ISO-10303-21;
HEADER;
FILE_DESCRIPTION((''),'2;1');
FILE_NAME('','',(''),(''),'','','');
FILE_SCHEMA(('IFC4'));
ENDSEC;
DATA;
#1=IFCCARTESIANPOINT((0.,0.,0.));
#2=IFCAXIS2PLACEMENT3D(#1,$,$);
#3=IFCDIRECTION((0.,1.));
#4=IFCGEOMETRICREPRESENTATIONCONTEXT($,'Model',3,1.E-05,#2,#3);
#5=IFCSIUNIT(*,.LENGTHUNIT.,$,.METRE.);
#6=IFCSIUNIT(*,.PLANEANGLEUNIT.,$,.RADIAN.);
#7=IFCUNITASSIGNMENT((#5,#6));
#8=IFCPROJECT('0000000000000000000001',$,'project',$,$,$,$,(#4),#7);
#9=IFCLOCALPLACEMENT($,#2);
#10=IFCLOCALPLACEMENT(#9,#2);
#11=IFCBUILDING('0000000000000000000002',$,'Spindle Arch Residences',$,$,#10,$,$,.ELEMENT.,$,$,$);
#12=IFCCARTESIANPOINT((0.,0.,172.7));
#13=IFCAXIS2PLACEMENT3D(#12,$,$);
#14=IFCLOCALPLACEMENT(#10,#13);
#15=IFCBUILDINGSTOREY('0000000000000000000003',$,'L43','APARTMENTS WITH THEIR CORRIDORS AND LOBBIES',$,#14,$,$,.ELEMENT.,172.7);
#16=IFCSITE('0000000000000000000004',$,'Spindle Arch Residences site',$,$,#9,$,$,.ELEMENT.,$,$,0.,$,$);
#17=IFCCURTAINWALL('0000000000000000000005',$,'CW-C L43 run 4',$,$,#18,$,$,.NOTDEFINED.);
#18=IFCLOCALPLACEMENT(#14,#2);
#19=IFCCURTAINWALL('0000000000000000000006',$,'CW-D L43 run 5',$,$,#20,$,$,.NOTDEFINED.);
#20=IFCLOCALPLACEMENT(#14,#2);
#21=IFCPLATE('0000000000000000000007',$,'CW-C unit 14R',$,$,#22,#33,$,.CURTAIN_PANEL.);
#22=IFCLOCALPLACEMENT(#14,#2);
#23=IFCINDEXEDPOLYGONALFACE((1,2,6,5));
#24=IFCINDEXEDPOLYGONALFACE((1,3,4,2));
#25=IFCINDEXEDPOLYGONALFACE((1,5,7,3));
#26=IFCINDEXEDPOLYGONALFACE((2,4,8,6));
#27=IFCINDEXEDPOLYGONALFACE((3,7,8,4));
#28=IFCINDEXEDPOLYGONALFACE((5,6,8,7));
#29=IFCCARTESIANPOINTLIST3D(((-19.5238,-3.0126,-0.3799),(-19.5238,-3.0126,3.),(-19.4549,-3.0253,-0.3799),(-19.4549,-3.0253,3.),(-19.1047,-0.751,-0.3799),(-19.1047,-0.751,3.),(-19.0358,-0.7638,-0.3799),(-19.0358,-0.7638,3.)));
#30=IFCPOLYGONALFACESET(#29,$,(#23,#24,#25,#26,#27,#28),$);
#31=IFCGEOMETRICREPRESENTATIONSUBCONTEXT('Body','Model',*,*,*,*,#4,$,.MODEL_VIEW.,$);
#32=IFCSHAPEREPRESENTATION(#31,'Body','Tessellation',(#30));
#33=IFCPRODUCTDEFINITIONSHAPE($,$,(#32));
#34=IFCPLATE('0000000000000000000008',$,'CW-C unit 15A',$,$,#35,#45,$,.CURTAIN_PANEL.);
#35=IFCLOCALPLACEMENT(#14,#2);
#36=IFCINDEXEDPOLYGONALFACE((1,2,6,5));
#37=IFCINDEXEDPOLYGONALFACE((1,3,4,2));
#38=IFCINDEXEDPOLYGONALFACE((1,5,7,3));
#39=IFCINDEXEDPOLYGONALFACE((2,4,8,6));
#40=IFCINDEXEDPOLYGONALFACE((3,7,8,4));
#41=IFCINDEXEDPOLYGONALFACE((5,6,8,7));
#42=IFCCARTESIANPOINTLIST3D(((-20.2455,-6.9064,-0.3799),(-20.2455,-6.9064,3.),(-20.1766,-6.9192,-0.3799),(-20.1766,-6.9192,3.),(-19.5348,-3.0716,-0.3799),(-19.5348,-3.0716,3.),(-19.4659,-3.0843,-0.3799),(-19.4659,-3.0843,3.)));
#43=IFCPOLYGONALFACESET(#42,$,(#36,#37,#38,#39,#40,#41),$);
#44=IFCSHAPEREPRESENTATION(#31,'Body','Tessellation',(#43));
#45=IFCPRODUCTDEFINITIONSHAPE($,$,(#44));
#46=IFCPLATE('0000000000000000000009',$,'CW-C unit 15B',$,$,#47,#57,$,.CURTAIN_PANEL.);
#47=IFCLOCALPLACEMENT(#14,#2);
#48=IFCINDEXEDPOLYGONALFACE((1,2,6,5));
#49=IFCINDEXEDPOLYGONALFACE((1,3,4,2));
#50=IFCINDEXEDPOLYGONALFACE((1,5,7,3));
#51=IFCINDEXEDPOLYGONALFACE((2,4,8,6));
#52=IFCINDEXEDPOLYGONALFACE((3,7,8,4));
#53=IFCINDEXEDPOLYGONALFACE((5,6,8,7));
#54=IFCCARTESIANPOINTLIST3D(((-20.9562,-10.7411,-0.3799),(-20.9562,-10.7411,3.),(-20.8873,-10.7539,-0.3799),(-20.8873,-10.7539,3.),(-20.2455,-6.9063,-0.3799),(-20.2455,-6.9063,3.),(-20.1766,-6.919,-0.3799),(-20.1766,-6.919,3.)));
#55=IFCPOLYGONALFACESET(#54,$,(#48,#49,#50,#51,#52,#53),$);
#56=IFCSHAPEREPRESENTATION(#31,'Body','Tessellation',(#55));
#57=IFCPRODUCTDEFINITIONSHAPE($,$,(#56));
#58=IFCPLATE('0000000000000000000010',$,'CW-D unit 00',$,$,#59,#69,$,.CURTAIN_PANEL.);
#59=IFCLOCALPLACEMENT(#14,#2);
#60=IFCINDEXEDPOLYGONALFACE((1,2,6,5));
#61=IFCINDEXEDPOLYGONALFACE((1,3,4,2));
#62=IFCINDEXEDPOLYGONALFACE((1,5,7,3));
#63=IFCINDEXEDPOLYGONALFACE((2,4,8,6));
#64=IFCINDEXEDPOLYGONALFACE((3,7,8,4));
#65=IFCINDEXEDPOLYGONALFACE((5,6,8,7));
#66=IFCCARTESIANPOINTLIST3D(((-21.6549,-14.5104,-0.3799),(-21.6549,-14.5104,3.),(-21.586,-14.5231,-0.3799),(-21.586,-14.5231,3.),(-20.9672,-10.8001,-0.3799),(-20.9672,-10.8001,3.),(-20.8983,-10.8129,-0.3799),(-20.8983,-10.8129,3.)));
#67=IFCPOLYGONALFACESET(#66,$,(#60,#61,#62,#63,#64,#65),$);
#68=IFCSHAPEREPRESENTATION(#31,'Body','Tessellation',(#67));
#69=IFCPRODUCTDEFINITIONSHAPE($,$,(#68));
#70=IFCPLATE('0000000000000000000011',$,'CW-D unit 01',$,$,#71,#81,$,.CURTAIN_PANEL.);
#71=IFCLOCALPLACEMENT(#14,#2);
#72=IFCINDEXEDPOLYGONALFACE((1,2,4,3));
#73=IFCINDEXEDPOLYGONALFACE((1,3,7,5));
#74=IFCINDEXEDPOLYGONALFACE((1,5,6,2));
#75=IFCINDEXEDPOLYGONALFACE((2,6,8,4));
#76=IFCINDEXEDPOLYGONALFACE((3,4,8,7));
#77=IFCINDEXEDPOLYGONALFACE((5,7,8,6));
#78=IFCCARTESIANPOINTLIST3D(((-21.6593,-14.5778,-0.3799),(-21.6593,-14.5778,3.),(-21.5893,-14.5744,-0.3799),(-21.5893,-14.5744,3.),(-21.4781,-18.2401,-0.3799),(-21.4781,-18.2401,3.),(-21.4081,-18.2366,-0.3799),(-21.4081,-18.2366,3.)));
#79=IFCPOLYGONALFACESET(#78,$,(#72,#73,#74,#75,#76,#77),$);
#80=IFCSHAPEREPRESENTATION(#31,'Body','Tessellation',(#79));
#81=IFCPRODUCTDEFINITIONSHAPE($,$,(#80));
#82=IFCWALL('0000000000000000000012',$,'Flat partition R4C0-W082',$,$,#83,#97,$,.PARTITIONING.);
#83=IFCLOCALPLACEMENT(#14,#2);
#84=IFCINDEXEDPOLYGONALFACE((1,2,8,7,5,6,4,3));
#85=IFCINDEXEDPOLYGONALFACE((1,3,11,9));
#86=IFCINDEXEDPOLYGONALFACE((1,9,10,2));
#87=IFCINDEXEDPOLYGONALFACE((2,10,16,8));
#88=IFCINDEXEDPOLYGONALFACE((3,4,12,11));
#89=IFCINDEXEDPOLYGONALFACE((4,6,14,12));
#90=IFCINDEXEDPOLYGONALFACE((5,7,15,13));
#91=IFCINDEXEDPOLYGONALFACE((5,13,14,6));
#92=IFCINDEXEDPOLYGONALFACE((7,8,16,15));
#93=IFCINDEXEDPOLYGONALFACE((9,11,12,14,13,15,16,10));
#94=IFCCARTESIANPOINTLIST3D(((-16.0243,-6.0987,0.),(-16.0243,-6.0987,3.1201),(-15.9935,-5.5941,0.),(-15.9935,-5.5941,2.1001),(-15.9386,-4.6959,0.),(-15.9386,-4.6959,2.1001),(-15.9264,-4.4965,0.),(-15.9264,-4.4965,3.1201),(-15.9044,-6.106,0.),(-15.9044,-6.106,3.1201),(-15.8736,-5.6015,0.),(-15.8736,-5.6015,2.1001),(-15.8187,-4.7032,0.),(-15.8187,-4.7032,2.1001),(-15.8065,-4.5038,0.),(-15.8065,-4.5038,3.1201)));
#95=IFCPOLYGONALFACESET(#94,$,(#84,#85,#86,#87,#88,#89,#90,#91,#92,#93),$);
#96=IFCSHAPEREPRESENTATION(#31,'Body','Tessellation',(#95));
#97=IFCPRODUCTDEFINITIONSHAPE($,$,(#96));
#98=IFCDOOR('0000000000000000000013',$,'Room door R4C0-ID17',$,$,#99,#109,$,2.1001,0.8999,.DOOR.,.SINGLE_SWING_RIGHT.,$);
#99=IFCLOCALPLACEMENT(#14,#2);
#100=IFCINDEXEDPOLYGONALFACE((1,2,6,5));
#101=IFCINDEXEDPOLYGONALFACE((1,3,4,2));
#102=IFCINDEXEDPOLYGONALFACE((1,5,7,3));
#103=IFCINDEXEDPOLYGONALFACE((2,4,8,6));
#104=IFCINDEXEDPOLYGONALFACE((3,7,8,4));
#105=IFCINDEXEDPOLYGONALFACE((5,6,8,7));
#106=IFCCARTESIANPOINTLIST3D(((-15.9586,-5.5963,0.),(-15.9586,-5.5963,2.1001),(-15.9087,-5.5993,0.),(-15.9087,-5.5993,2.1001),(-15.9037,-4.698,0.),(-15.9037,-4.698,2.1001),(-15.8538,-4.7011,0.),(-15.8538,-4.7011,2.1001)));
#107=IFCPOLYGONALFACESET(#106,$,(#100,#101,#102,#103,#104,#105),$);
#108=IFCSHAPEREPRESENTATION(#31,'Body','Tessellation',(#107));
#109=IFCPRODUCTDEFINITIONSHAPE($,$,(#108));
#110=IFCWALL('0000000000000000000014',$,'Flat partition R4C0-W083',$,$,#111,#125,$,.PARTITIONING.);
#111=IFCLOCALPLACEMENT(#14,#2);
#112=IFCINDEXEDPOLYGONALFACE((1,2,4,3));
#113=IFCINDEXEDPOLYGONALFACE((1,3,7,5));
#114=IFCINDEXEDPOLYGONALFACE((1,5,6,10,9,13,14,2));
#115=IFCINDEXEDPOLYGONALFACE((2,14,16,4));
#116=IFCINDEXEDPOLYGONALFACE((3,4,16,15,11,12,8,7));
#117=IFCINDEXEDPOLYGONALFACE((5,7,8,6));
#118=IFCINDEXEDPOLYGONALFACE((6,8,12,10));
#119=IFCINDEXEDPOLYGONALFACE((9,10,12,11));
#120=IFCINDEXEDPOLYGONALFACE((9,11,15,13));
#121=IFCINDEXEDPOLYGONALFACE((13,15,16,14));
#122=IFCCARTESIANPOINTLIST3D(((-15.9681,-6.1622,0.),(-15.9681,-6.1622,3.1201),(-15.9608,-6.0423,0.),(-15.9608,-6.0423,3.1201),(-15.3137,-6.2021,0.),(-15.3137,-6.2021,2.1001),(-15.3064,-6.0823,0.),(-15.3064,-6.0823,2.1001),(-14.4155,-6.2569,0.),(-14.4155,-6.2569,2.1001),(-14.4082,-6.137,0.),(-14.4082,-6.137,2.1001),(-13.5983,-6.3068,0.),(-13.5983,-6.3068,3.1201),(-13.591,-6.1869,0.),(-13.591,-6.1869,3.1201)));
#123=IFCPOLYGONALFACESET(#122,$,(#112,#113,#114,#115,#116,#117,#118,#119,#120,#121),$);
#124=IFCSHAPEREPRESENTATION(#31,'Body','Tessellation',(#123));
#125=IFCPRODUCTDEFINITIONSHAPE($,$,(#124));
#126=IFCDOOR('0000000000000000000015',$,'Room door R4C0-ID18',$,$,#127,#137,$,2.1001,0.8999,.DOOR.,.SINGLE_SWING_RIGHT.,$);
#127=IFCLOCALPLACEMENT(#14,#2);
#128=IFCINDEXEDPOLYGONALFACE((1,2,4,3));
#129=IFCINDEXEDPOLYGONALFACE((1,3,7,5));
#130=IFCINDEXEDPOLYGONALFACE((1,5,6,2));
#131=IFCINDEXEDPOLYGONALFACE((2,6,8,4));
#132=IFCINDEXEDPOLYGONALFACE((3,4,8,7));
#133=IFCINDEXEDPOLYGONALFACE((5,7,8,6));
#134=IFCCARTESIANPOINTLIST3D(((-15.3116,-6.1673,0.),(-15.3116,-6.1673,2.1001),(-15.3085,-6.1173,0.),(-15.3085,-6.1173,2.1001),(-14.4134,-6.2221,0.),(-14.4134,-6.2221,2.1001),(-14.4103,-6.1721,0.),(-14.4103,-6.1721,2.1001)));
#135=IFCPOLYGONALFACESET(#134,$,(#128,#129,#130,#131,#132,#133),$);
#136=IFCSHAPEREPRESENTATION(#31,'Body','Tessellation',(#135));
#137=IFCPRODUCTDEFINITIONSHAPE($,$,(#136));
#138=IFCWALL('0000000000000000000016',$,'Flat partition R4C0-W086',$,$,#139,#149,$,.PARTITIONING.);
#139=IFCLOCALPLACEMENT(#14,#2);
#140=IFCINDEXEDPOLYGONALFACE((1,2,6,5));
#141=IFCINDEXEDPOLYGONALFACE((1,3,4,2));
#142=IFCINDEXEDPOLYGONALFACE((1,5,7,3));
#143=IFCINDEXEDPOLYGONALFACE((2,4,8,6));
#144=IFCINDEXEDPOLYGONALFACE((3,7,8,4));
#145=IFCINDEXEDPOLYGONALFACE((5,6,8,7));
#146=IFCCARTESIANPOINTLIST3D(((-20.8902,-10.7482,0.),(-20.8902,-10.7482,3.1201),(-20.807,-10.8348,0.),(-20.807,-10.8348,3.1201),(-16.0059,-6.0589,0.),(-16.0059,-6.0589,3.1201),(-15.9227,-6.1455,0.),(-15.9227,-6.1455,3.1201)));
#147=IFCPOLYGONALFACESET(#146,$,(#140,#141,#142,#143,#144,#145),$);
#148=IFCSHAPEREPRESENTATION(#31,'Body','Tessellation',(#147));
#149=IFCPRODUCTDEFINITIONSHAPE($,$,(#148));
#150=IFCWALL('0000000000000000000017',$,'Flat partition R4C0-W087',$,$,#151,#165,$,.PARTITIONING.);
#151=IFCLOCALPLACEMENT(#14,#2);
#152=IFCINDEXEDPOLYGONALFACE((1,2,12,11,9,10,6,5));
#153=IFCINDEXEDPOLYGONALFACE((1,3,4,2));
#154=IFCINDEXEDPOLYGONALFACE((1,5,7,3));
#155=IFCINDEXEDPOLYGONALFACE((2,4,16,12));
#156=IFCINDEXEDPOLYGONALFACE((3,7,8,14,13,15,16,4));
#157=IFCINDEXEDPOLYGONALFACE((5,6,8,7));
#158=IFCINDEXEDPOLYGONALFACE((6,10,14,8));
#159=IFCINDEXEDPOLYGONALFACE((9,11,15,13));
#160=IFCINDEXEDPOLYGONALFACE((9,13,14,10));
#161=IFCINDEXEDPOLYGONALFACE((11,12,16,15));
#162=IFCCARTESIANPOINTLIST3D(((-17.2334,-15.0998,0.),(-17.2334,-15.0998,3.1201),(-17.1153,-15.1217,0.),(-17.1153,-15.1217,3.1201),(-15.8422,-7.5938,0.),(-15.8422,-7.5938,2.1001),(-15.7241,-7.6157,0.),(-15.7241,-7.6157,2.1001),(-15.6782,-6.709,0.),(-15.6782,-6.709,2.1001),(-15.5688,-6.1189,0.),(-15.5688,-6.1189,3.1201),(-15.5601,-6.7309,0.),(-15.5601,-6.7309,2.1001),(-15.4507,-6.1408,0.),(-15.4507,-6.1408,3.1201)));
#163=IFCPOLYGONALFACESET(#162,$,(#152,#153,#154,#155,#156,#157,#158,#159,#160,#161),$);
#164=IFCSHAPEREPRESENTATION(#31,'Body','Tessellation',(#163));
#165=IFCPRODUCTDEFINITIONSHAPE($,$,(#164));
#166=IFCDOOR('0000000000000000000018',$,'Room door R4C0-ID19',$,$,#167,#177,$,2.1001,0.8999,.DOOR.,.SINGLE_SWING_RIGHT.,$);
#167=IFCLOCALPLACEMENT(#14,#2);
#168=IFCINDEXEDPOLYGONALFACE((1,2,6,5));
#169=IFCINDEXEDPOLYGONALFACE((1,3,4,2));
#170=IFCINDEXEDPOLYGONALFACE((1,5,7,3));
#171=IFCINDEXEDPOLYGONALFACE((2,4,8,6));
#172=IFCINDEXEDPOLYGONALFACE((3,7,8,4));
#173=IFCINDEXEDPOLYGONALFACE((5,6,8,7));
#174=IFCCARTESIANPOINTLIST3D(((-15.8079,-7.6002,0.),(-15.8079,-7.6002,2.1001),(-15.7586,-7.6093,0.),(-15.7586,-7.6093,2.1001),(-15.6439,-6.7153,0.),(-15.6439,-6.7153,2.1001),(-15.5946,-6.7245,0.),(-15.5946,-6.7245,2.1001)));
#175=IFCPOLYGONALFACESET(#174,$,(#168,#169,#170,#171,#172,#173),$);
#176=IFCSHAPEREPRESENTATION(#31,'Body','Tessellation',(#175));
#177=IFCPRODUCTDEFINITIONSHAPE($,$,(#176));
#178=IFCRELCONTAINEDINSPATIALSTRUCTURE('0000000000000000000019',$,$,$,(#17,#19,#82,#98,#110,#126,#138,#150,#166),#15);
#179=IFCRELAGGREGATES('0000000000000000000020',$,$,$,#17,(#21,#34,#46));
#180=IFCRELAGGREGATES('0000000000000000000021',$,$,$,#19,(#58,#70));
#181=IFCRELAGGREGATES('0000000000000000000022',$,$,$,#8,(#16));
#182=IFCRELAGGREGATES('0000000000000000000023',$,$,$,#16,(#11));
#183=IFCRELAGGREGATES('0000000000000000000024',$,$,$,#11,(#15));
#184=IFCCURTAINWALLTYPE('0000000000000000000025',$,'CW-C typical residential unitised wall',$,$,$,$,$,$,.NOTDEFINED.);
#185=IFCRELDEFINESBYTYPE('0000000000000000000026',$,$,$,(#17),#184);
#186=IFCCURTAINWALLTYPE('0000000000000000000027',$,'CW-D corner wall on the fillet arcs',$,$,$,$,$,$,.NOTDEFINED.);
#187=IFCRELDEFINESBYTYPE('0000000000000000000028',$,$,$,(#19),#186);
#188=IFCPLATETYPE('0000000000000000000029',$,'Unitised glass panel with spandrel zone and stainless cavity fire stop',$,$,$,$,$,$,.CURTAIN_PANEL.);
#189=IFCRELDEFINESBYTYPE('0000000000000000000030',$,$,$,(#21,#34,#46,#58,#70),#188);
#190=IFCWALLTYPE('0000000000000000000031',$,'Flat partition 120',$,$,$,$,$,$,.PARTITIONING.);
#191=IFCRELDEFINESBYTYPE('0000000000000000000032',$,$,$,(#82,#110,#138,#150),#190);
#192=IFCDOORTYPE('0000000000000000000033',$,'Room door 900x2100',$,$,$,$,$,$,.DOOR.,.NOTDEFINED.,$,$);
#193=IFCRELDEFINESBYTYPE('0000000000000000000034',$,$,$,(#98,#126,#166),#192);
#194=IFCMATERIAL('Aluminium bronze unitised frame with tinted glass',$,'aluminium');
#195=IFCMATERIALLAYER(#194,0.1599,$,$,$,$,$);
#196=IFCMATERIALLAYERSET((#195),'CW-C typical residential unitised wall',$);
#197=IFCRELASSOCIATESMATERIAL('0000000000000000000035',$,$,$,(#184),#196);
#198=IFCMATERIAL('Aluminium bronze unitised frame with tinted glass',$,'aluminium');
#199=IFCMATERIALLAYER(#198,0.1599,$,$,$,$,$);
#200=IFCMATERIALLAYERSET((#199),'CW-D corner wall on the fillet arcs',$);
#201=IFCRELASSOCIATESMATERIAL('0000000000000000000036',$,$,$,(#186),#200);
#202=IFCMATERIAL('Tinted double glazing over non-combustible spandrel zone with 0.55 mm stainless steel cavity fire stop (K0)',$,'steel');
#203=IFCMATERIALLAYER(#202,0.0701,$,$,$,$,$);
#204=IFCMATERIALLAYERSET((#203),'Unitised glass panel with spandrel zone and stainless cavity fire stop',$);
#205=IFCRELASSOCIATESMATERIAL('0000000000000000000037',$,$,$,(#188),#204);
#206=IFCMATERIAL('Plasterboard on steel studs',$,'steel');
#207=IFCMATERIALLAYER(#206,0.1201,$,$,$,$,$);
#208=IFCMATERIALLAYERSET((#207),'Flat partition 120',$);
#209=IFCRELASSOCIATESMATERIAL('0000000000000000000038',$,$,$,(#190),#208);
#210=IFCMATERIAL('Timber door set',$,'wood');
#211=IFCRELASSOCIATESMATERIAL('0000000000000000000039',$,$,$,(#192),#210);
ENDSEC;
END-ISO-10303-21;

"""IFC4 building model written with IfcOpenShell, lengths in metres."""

from ifc_helpers import new_model, si_unit, direction, frame, frame_2d, origin, origin_2d, place, context, subcontext, project, spatial, rectangle, extrude, material, layer, layer_set, type_object, element, fill, aggregate, save


model = new_model("IFC4")

# Units and contexts
model_context = context("Model", 3, precision=1e-05, world=origin(), true_north=direction((0.0, 1.0)))
body_context = subcontext(model_context, "Body", "Model", "MODEL_VIEW")
ifc_project = project(units=[si_unit("LENGTHUNIT", "METRE"), si_unit("PLANEANGLEUNIT", "RADIAN")], contexts=[model_context])

# Site, building, storey
site_placement = place(None, origin())
site = spatial("IfcSite", under=ifc_project, at=site_placement, Name="Spindle Arch Residences site", CompositionType="ELEMENT", RefElevation=0.0)
building_placement = place(site_placement, origin())
building = spatial("IfcBuilding", under=site, at=building_placement, Name="Spindle Arch Residences", CompositionType="ELEMENT")
storey_placement = place(building_placement, frame((0.0, 0.0, 172.7)))
storey = spatial("IfcBuildingStorey", under=building, at=storey_placement, Name="L43", Description="APARTMENTS WITH THEIR CORRIDORS AND LOBBIES", CompositionType="ELEMENT", Elevation=172.7)

# Curtain wall
ifc_material_1 = material(Name="Aluminium bronze unitised frame with tinted glass", Category="aluminium")
ifc_layer_1 = layer(ifc_material_1, 0.1599)
ifc_layer_set_1 = layer_set([ifc_layer_1], Name="CW-C typical residential unitised wall")
curtain_wall_type_1 = type_object("IfcCurtainWallType", Name="CW-C typical residential unitised wall", PredefinedType="NOTDEFINED", material=ifc_layer_set_1)
curtain_wall_1_placement = place(storey_placement, origin())
curtain_wall_1 = element("IfcCurtainWall", 1, at=curtain_wall_1_placement, inside=storey, type_object=curtain_wall_type_1, Name="CW-C L43 run 4", PredefinedType="NOTDEFINED")

# Curtain wall
ifc_material_2 = material(Name="Aluminium bronze unitised frame with tinted glass", Category="aluminium")
ifc_layer_2 = layer(ifc_material_2, 0.1599)
ifc_layer_set_2 = layer_set([ifc_layer_2], Name="CW-D corner wall on the fillet arcs")
curtain_wall_type_2 = type_object("IfcCurtainWallType", Name="CW-D corner wall on the fillet arcs", PredefinedType="NOTDEFINED", material=ifc_layer_set_2)
curtain_wall_2_placement = place(storey_placement, origin())
curtain_wall_2 = element("IfcCurtainWall", 2, at=curtain_wall_2_placement, inside=storey, type_object=curtain_wall_type_2, Name="CW-D L43 run 5", PredefinedType="NOTDEFINED")

# Plates
ifc_material_3 = material(Name="Tinted double glazing over non-combustible spandrel zone with 0.55 mm stainless steel cavity fire stop (K0)", Category="steel")
ifc_layer_3 = layer(ifc_material_3, 0.0701)
ifc_layer_set_3 = layer_set([ifc_layer_3], Name="Unitised glass panel with spandrel zone and stainless cavity fire stop")
plate_type = type_object("IfcPlateType", Name="Unitised glass panel with spandrel zone and stainless cavity fire stop", PredefinedType="CURTAIN_PANEL", material=ifc_layer_set_3)
plate_1_placement = place(storey_placement, frame((-19.2798, -1.8882, -0.3799), z_axis=(0.0, 0.0, 1.0), x_axis=(-0.182236, -0.983255, 0.0)))
plate_1 = element("IfcPlate", 3, at=plate_1_placement, type_object=plate_type, Name="CW-C unit 14R", PredefinedType="CURTAIN_PANEL", context=body_context, shape_type="SweptSolid", body=[
    extrude(rectangle(XDim=2.3, YDim=0.0701, at=origin_2d()), origin(), (0.0, 0.0, 1.0), 3.3799),
])
plate_2_placement = place(storey_placement, frame((-19.8557, -4.9954, -0.3799), z_axis=(0.0, 0.0, 1.0), x_axis=(-0.182236, -0.983255, 0.0)))
plate_2 = element("IfcPlate", 4, at=plate_2_placement, type_object=plate_type, Name="CW-C unit 15A", PredefinedType="CURTAIN_PANEL", context=body_context, shape_type="SweptSolid", body=[
    extrude(rectangle(XDim=3.9001, YDim=0.0701, at=origin_2d()), origin(), (0.0, 0.0, 1.0), 3.3799),
])
plate_3_placement = place(storey_placement, frame((-20.5664, -8.8301, -0.3799), z_axis=(0.0, 0.0, 1.0), x_axis=(-0.182236, -0.983255, 0.0)))
plate_3 = element("IfcPlate", 5, at=plate_3_placement, type_object=plate_type, Name="CW-C unit 15B", PredefinedType="CURTAIN_PANEL", context=body_context, shape_type="SweptSolid", body=[
    extrude(rectangle(XDim=3.9001, YDim=0.0701, at=origin_2d()), origin(), (0.0, 0.0, 1.0), 3.3799),
])
aggregate(curtain_wall_1, [plate_1, plate_2, plate_3])
plate_4_placement = place(storey_placement, frame((-21.2766, -12.6616, -0.3799), z_axis=(0.0, 0.0, 1.0), x_axis=(-0.182236, -0.983255, 0.0)))
plate_4 = element("IfcPlate", 6, at=plate_4_placement, type_object=plate_type, Name="CW-D unit 00", PredefinedType="CURTAIN_PANEL", context=body_context, shape_type="SweptSolid", body=[
    extrude(rectangle(XDim=3.7734, YDim=0.0701, at=origin_2d()), origin(), (0.0, 0.0, 1.0), 3.3799),
])
plate_5_placement = place(storey_placement, frame((-21.5337, -16.4072, -0.3799), z_axis=(0.0, 0.0, 1.0), x_axis=(0.049431, -0.998778, 0.0)))
plate_5 = element("IfcPlate", 7, at=plate_5_placement, type_object=plate_type, Name="CW-D unit 01", PredefinedType="CURTAIN_PANEL", context=body_context, shape_type="SweptSolid", body=[
    extrude(rectangle(XDim=3.6667, YDim=0.0701, at=origin_2d()), origin(), (0.0, 0.0, 1.0), 3.3799),
])
aggregate(curtain_wall_2, [plate_4, plate_5])

# Walls, openings, doors
ifc_material_4 = material(Name="Plasterboard on steel studs", Category="steel")
ifc_layer_4 = layer(ifc_material_4, 0.1201)
ifc_layer_set_4 = layer_set([ifc_layer_4], Name="Flat partition 120")
wall_type_1 = type_object("IfcWallType", Name="Flat partition 120", PredefinedType="PARTITIONING", material=ifc_layer_set_4)
wall_1_placement = place(storey_placement, frame((-15.8665, -4.5, 0.0), z_axis=(0.0, 0.0, 1.0), x_axis=(-0.060986, -0.998139, 0.0)))
wall_1 = element("IfcWall", 8, at=wall_1_placement, inside=storey, type_object=wall_type_1, Name="Flat partition R4C0-W082", PredefinedType="PARTITIONING", context=body_context, shape_type="SweptSolid", body=[
    extrude(rectangle(XDim=1.6052, YDim=0.1201, at=frame_2d((0.8027, 0.0))), origin(), (0.0, 0.0, 1.0), 3.1201),
])
opening_1_placement = place(wall_1_placement, frame((0.2, 0.0, 0.0)))
opening_1 = element("IfcOpeningElement", 9, at=opening_1_placement, cuts=wall_1, PredefinedType="OPENING", context=body_context, shape_type="SweptSolid", body=[
    extrude(rectangle(XDim=0.8999, YDim=2.1001, at=frame_2d((0.45, 1.05))), frame((0.0, 0.0701, 0.0), z_axis=(0.0, -1.0, 0.0), x_axis=(1.0, 0.0, 0.0)), (0.0, 0.0, 1.0), 0.1401),
])
ifc_material_5 = material(Name="Timber door set", Category="wood")
door_type_1 = type_object("IfcDoorType", Name="Room door 900x2100", OperationType="NOTDEFINED", PredefinedType="DOOR", material=ifc_material_5)
door_1_placement = place(opening_1_placement, origin())
door_1 = element("IfcDoor", 10, at=door_1_placement, inside=storey, type_object=door_type_1, Name="Room door R4C0-ID17", OperationType="SINGLE_SWING_RIGHT", OverallHeight=2.1001, OverallWidth=0.8999, PredefinedType="DOOR", context=body_context, shape_type="SweptSolid", body=[
    extrude(rectangle(XDim=0.8999, YDim=2.1001, at=frame_2d((0.45, 1.05))), frame((0.0, 0.0249, 0.0), z_axis=(0.0, -1.0, 0.0), x_axis=(1.0, 0.0, 0.0)), (0.0, 0.0, 1.0), 0.05),
])
fill(opening_1, door_1)
wall_2_placement = place(storey_placement, frame((-15.9644, -6.1023, 0.0), z_axis=(0.0, 0.0, 1.0), x_axis=(0.998145, -0.060874, 0.0)))
wall_2 = element("IfcWall", 11, at=wall_2_placement, inside=storey, type_object=wall_type_1, Name="Flat partition R4C0-W083", PredefinedType="PARTITIONING", context=body_context, shape_type="SweptSolid", body=[
    extrude(rectangle(XDim=2.3743, YDim=0.1201, at=frame_2d((1.187, 0.0))), origin(), (0.0, 0.0, 1.0), 3.1201),
])
opening_2_placement = place(wall_2_placement, frame((0.6555, 0.0, 0.0)))
opening_2 = element("IfcOpeningElement", 12, at=opening_2_placement, cuts=wall_2, PredefinedType="OPENING", context=body_context, shape_type="SweptSolid", body=[
    extrude(rectangle(XDim=0.8999, YDim=2.1001, at=frame_2d((0.45, 1.05))), frame((0.0, 0.0701, 0.0), z_axis=(0.0, -1.0, 0.0), x_axis=(1.0, 0.0, 0.0)), (0.0, 0.0, 1.0), 0.1401),
])
door_2_placement = place(opening_2_placement, origin())
door_2 = element("IfcDoor", 13, at=door_2_placement, inside=storey, type_object=door_type_1, Name="Room door R4C0-ID18", OperationType="SINGLE_SWING_RIGHT", OverallHeight=2.1001, OverallWidth=0.8999, PredefinedType="DOOR", context=body_context, shape_type="SweptSolid", body=[
    extrude(rectangle(XDim=0.8999, YDim=2.1001, at=frame_2d((0.45, 1.05))), frame((0.0, 0.0249, 0.0), z_axis=(0.0, -1.0, 0.0), x_axis=(1.0, 0.0, 0.0)), (0.0, 0.0, 1.0), 0.05),
])
fill(opening_2, door_2)

# Wall
wall_3_placement = place(storey_placement, frame((-20.8486, -10.7915, 0.0), z_axis=(0.0, 0.0, 1.0), x_axis=(0.721365, 0.692555, 0.0)))
element("IfcWall", 14, at=wall_3_placement, inside=storey, type_object=wall_type_1, Name="Flat partition R4C0-W086", PredefinedType="PARTITIONING", context=body_context, shape_type="SweptSolid", body=[
    extrude(rectangle(XDim=6.771, YDim=0.1201, at=frame_2d((3.3855, 0.0))), origin(), (0.0, 0.0, 1.0), 3.1201),
])

# Wall, opening, door
wall_4_placement = place(storey_placement, frame((-15.5098, -6.1299, 0.0), z_axis=(0.0, 0.0, 1.0), x_axis=(-0.182243, -0.983253, 0.0)))
wall_4 = element("IfcWall", 15, at=wall_4_placement, inside=storey, type_object=wall_type_1, Name="Flat partition R4C0-W087", PredefinedType="PARTITIONING", context=body_context, shape_type="SweptSolid", body=[
    extrude(rectangle(XDim=9.1338, YDim=0.1201, at=frame_2d((4.5669, 0.0))), origin(), (0.0, 0.0, 1.0), 3.1201),
])
opening_3_placement = place(wall_4_placement, frame((0.6001, 0.0, 0.0)))
opening_3 = element("IfcOpeningElement", 16, at=opening_3_placement, cuts=wall_4, PredefinedType="OPENING", context=body_context, shape_type="SweptSolid", body=[
    extrude(rectangle(XDim=0.8999, YDim=2.1001, at=frame_2d((0.45, 1.05))), frame((0.0, 0.0701, 0.0), z_axis=(0.0, -1.0, 0.0), x_axis=(1.0, 0.0, 0.0)), (0.0, 0.0, 1.0), 0.1401),
])
door_3_placement = place(opening_3_placement, origin())
door_3 = element("IfcDoor", 17, at=door_3_placement, inside=storey, type_object=door_type_1, Name="Room door R4C0-ID19", OperationType="SINGLE_SWING_RIGHT", OverallHeight=2.1001, OverallWidth=0.8999, PredefinedType="DOOR", context=body_context, shape_type="SweptSolid", body=[
    extrude(rectangle(XDim=0.8999, YDim=2.1001, at=frame_2d((0.45, 1.05))), frame((0.0, 0.0249, 0.0), z_axis=(0.0, -1.0, 0.0), x_axis=(1.0, 0.0, 0.0)), (0.0, 0.0, 1.0), 0.05),
])
fill(opening_3, door_3)

save(model, "model.ifc")
